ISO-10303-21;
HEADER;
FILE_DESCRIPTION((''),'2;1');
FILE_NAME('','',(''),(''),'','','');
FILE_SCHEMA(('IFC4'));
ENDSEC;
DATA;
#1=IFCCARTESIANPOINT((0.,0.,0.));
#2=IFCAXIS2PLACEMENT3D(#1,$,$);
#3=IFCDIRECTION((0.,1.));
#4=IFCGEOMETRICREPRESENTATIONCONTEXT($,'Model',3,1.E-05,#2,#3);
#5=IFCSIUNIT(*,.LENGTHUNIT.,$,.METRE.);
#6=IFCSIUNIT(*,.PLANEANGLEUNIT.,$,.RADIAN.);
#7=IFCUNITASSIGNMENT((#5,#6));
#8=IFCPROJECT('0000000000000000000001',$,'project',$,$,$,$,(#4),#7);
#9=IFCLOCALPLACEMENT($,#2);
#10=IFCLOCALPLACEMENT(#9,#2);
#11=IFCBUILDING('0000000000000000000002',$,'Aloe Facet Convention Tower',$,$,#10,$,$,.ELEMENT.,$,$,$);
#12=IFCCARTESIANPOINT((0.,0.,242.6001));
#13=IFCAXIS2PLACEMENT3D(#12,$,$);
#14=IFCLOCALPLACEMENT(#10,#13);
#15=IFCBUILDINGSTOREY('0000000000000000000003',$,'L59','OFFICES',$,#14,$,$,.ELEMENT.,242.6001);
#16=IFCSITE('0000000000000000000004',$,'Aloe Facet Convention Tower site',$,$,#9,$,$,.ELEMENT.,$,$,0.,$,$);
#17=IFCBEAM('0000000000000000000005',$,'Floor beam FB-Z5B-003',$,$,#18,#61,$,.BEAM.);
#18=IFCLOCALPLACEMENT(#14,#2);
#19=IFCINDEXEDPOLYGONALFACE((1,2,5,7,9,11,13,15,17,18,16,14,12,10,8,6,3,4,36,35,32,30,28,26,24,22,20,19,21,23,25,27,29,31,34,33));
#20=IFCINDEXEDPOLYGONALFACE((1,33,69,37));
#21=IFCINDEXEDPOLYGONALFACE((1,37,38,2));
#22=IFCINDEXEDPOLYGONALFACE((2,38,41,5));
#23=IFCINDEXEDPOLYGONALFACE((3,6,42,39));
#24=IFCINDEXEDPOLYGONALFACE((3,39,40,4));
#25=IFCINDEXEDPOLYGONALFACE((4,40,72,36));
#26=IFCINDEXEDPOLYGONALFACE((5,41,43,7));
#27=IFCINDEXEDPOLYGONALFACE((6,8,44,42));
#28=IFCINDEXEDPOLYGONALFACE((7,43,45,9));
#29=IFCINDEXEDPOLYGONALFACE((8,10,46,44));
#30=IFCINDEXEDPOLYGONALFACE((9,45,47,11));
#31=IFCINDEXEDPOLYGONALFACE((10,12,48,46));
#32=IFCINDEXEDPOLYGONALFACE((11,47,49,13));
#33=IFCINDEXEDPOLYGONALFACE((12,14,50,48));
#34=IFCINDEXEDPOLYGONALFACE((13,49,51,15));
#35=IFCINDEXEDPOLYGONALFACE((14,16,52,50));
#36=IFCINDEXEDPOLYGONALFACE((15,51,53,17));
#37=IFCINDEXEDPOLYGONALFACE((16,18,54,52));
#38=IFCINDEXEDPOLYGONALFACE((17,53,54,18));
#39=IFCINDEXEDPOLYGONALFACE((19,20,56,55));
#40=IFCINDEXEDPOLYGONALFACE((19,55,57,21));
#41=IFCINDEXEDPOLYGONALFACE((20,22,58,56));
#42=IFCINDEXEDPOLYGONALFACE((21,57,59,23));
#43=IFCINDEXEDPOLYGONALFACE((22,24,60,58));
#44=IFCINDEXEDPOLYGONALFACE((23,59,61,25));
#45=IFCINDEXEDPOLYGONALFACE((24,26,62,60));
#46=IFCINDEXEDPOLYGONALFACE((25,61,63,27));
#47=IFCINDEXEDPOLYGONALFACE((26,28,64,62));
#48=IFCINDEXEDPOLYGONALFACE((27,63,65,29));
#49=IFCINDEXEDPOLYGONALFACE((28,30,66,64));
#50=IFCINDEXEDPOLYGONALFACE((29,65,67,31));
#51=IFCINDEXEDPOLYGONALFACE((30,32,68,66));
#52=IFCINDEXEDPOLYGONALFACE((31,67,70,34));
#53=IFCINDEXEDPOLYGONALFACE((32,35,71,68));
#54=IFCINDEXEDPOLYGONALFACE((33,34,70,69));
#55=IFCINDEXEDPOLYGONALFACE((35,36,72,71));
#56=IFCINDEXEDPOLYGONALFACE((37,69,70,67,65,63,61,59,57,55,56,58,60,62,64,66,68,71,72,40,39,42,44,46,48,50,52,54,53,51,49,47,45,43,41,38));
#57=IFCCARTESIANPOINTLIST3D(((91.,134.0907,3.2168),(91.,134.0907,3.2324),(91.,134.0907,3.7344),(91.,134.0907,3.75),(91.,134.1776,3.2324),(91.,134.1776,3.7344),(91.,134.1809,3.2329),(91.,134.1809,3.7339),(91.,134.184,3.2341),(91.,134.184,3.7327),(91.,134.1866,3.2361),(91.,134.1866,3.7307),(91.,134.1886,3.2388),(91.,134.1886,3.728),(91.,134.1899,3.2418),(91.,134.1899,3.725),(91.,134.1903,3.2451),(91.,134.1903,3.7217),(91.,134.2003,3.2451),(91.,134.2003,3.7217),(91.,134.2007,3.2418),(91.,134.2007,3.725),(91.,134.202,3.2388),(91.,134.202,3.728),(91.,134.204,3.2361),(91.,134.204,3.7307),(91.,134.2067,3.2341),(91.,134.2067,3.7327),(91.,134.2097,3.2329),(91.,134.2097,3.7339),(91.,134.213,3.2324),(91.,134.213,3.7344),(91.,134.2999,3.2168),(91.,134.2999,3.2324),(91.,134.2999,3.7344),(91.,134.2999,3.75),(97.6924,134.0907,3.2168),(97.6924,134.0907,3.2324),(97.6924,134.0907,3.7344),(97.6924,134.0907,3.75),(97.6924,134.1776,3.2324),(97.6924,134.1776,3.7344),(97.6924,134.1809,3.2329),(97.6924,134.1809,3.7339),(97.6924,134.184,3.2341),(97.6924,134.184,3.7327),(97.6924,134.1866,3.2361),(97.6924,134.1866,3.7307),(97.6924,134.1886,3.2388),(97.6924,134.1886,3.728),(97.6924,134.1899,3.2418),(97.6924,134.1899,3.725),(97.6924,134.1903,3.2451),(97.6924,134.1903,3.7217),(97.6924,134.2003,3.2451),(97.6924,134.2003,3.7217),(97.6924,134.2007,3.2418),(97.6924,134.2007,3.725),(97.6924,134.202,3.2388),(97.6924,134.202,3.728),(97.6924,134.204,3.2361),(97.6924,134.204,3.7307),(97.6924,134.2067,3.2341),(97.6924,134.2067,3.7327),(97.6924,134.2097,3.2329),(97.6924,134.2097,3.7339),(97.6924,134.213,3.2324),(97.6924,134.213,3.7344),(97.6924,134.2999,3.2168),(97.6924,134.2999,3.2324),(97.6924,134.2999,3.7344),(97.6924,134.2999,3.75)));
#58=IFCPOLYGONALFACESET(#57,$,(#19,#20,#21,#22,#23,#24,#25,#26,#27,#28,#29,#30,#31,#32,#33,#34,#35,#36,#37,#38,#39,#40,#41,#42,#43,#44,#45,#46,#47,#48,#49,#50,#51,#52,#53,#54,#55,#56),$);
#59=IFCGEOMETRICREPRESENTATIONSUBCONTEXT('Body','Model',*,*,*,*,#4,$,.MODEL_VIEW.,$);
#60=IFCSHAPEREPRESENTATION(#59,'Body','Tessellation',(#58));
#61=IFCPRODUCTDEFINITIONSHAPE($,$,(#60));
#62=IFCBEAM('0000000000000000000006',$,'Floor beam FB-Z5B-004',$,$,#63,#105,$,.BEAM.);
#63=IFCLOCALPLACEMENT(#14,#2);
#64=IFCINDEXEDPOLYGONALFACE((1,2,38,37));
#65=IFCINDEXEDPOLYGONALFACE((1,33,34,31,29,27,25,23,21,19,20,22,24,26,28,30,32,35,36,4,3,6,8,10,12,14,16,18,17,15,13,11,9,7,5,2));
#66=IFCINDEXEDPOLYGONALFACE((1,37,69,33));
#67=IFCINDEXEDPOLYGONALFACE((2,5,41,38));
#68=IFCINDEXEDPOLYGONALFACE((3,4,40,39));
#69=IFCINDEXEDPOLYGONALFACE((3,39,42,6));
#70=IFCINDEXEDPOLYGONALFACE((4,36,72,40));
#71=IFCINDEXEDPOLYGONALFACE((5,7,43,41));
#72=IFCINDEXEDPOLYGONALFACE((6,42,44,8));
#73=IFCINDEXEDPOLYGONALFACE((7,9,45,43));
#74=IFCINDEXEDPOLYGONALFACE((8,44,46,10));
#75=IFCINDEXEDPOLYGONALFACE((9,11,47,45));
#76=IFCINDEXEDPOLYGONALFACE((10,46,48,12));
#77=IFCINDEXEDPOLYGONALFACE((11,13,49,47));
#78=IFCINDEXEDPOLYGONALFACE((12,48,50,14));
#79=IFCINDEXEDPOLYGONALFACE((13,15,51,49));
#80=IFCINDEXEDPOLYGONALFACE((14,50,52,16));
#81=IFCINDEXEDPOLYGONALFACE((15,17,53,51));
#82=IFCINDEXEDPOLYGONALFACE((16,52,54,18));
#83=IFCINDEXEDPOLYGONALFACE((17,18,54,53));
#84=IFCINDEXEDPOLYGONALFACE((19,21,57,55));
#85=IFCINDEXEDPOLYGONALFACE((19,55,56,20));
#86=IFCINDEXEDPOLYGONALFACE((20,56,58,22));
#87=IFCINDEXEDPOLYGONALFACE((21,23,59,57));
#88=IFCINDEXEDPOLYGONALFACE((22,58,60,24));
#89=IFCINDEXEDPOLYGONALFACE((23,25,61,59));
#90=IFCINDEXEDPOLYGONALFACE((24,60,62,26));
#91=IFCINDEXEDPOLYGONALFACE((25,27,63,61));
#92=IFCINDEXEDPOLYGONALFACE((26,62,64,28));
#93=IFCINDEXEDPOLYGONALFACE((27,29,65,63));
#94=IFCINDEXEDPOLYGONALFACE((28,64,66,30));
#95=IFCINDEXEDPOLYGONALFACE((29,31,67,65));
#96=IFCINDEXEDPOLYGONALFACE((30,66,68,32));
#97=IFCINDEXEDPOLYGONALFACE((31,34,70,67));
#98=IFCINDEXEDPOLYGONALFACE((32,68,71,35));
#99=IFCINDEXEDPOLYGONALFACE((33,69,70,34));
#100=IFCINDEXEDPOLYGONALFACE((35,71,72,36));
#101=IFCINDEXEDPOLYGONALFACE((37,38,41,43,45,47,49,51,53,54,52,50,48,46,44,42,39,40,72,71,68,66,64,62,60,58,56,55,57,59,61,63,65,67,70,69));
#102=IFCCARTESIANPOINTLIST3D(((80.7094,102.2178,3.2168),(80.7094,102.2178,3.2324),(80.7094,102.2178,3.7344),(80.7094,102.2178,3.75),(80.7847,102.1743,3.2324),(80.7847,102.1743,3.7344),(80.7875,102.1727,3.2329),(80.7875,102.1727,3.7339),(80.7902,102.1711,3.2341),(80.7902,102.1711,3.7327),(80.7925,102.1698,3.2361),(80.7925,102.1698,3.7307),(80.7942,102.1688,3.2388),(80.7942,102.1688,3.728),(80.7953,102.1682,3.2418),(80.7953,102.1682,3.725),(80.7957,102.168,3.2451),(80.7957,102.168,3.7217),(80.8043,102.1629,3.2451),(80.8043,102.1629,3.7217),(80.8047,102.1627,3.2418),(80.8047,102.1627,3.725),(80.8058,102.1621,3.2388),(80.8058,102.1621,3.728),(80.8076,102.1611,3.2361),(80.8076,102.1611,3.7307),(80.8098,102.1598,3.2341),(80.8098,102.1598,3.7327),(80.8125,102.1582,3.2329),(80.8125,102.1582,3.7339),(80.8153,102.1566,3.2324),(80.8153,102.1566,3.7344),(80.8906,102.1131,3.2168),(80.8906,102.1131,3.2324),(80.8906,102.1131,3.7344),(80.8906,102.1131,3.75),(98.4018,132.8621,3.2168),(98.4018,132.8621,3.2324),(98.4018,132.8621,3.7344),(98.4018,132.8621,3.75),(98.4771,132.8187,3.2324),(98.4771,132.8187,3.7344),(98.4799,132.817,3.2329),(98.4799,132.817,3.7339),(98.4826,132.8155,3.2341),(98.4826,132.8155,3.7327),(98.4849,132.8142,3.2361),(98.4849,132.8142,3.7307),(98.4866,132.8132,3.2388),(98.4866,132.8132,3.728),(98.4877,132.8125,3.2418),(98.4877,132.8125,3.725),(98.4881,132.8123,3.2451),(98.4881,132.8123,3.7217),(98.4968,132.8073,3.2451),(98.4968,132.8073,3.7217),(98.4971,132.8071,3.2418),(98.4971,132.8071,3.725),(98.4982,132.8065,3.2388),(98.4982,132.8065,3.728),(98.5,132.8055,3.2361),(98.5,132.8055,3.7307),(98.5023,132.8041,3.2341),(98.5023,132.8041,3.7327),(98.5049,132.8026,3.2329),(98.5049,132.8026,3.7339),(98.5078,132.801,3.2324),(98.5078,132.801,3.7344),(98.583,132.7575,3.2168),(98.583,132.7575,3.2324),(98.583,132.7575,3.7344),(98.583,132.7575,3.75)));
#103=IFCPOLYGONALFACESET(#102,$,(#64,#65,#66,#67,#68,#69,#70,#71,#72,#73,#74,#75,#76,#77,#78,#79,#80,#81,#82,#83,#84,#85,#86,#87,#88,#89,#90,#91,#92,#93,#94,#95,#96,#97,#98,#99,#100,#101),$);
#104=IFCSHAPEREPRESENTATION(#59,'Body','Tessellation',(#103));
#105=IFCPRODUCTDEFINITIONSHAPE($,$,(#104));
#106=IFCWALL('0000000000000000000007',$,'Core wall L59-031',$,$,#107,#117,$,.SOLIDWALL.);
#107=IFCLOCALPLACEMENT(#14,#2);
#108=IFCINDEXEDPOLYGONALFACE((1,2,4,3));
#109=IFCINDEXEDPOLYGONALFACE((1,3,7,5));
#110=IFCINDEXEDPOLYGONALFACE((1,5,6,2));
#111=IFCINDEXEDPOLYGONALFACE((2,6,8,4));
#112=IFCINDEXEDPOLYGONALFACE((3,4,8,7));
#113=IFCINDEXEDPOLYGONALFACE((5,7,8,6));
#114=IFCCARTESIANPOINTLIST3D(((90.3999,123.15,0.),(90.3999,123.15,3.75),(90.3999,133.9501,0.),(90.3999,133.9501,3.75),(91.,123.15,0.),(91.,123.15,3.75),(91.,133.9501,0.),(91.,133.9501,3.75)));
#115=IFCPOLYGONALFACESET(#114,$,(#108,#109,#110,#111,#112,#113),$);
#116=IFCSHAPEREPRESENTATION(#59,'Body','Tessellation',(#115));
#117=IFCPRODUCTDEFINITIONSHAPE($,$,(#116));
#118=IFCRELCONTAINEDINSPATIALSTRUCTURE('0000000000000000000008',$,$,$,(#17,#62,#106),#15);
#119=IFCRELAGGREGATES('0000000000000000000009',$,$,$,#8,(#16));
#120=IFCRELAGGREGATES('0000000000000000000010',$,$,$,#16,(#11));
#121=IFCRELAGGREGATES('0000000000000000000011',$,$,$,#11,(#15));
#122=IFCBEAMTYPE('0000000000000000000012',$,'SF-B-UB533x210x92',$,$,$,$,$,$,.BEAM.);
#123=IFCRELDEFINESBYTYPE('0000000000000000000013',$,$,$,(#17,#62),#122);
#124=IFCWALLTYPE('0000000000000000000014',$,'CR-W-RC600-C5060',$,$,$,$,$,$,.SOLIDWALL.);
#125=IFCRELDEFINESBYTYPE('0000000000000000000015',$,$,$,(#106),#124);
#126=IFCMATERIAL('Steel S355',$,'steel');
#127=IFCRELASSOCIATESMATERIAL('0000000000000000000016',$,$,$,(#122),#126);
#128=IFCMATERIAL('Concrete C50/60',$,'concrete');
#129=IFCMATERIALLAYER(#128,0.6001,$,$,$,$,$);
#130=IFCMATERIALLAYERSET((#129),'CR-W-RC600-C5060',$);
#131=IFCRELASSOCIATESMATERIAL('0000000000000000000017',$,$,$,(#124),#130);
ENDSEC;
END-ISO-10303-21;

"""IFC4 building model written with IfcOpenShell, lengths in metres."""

from ifc_helpers import new_model, si_unit, direction, frame, frame_2d, origin, origin_2d, place, context, subcontext, project, spatial, rectangle, i_section, extrude, material, layer, layer_set, material_profile, profile_set, type_object, element, save


model = new_model("IFC4")

# Units and contexts
model_context = context("Model", 3, precision=1e-05, world=origin(), true_north=direction((0.0, 1.0)))
body_context = subcontext(model_context, "Body", "Model", "MODEL_VIEW")
ifc_project = project(units=[si_unit("LENGTHUNIT", "METRE"), si_unit("PLANEANGLEUNIT", "RADIAN")], contexts=[model_context])

# Site, building, storey
site_placement = place(None, origin())
site = spatial("IfcSite", under=ifc_project, at=site_placement, Name="Aloe Facet Convention Tower site", CompositionType="ELEMENT", RefElevation=0.0)
building_placement = place(site_placement, origin())
building = spatial("IfcBuilding", under=site, at=building_placement, Name="Aloe Facet Convention Tower", CompositionType="ELEMENT")
storey_placement = place(building_placement, frame((0.0, 0.0, 242.6001)))
storey = spatial("IfcBuildingStorey", under=building, at=storey_placement, Name="L59", Description="OFFICES", CompositionType="ELEMENT", Elevation=242.6001)

# Beams
ifc_material_1 = material(Name="Steel S355", Category="steel")
ifc_material_profile_1 = material_profile(ifc_material_1, i_section(OverallWidth=0.2092, OverallDepth=0.5332, WebThickness=0.01, FlangeThickness=0.0156, FilletRadius=0.0127, at=origin_2d()), Name="UB 533x210x92")
ifc_profile_set_1 = profile_set([ifc_material_profile_1], Name="Steel S355")
beam_type_1 = type_object("IfcBeamType", Name="SF-B-UB533x210x92", PredefinedType="BEAM", material=ifc_profile_set_1)
beam_1_placement = place(storey_placement, frame((91.0, 134.1953, 3.4834), z_axis=(1.0, 0.0, 0.0), x_axis=(0.0, 1.0, 0.0)))
element("IfcBeam", 1, at=beam_1_placement, inside=storey, type_object=beam_type_1, Name="Floor beam FB-Z5B-003", PredefinedType="BEAM", context=body_context, shape_type="SweptSolid", body=[
    extrude(i_section(OverallWidth=0.2092, OverallDepth=0.5332, WebThickness=0.01, FlangeThickness=0.0156, FilletRadius=0.0127, at=origin_2d()), origin(), (0.0, 0.0, 1.0), 6.6924),
])
beam_2_placement = place(storey_placement, frame((98.4924, 132.8098, 3.4834), z_axis=(-0.499998, -0.866027, 0.0), x_axis=(0.866027, -0.499998, 0.0)))
element("IfcBeam", 2, at=beam_2_placement, inside=storey, type_object=beam_type_1, Name="Floor beam FB-Z5B-004", PredefinedType="BEAM", context=body_context, shape_type="SweptSolid", body=[
    extrude(i_section(OverallWidth=0.2092, OverallDepth=0.5332, WebThickness=0.01, FlangeThickness=0.0156, FilletRadius=0.0127, at=origin_2d()), origin(), (0.0, 0.0, 1.0), 35.385),
])

# Wall
ifc_material_2 = material(Name="Concrete C50/60", Category="concrete")
ifc_layer_1 = layer(ifc_material_2, 0.6001)
ifc_layer_set_1 = layer_set([ifc_layer_1], Name="CR-W-RC600-C5060")
wall_type_1 = type_object("IfcWallType", Name="CR-W-RC600-C5060", PredefinedType="SOLIDWALL", material=ifc_layer_set_1)
wall_1_placement = place(storey_placement, frame((90.7, 133.95, 0.0), z_axis=(0.0, 0.0, 1.0), x_axis=(0.0, -1.0, 0.0)))
element("IfcWall", 3, at=wall_1_placement, inside=storey, type_object=wall_type_1, Name="Core wall L59-031", PredefinedType="SOLIDWALL", context=body_context, shape_type="SweptSolid", body=[
    extrude(rectangle(XDim=10.8, YDim=0.6001, at=frame_2d((5.3999, 0.0))), origin(), (0.0, 0.0, 1.0), 3.75),
])

save(model, "model.ifc")
